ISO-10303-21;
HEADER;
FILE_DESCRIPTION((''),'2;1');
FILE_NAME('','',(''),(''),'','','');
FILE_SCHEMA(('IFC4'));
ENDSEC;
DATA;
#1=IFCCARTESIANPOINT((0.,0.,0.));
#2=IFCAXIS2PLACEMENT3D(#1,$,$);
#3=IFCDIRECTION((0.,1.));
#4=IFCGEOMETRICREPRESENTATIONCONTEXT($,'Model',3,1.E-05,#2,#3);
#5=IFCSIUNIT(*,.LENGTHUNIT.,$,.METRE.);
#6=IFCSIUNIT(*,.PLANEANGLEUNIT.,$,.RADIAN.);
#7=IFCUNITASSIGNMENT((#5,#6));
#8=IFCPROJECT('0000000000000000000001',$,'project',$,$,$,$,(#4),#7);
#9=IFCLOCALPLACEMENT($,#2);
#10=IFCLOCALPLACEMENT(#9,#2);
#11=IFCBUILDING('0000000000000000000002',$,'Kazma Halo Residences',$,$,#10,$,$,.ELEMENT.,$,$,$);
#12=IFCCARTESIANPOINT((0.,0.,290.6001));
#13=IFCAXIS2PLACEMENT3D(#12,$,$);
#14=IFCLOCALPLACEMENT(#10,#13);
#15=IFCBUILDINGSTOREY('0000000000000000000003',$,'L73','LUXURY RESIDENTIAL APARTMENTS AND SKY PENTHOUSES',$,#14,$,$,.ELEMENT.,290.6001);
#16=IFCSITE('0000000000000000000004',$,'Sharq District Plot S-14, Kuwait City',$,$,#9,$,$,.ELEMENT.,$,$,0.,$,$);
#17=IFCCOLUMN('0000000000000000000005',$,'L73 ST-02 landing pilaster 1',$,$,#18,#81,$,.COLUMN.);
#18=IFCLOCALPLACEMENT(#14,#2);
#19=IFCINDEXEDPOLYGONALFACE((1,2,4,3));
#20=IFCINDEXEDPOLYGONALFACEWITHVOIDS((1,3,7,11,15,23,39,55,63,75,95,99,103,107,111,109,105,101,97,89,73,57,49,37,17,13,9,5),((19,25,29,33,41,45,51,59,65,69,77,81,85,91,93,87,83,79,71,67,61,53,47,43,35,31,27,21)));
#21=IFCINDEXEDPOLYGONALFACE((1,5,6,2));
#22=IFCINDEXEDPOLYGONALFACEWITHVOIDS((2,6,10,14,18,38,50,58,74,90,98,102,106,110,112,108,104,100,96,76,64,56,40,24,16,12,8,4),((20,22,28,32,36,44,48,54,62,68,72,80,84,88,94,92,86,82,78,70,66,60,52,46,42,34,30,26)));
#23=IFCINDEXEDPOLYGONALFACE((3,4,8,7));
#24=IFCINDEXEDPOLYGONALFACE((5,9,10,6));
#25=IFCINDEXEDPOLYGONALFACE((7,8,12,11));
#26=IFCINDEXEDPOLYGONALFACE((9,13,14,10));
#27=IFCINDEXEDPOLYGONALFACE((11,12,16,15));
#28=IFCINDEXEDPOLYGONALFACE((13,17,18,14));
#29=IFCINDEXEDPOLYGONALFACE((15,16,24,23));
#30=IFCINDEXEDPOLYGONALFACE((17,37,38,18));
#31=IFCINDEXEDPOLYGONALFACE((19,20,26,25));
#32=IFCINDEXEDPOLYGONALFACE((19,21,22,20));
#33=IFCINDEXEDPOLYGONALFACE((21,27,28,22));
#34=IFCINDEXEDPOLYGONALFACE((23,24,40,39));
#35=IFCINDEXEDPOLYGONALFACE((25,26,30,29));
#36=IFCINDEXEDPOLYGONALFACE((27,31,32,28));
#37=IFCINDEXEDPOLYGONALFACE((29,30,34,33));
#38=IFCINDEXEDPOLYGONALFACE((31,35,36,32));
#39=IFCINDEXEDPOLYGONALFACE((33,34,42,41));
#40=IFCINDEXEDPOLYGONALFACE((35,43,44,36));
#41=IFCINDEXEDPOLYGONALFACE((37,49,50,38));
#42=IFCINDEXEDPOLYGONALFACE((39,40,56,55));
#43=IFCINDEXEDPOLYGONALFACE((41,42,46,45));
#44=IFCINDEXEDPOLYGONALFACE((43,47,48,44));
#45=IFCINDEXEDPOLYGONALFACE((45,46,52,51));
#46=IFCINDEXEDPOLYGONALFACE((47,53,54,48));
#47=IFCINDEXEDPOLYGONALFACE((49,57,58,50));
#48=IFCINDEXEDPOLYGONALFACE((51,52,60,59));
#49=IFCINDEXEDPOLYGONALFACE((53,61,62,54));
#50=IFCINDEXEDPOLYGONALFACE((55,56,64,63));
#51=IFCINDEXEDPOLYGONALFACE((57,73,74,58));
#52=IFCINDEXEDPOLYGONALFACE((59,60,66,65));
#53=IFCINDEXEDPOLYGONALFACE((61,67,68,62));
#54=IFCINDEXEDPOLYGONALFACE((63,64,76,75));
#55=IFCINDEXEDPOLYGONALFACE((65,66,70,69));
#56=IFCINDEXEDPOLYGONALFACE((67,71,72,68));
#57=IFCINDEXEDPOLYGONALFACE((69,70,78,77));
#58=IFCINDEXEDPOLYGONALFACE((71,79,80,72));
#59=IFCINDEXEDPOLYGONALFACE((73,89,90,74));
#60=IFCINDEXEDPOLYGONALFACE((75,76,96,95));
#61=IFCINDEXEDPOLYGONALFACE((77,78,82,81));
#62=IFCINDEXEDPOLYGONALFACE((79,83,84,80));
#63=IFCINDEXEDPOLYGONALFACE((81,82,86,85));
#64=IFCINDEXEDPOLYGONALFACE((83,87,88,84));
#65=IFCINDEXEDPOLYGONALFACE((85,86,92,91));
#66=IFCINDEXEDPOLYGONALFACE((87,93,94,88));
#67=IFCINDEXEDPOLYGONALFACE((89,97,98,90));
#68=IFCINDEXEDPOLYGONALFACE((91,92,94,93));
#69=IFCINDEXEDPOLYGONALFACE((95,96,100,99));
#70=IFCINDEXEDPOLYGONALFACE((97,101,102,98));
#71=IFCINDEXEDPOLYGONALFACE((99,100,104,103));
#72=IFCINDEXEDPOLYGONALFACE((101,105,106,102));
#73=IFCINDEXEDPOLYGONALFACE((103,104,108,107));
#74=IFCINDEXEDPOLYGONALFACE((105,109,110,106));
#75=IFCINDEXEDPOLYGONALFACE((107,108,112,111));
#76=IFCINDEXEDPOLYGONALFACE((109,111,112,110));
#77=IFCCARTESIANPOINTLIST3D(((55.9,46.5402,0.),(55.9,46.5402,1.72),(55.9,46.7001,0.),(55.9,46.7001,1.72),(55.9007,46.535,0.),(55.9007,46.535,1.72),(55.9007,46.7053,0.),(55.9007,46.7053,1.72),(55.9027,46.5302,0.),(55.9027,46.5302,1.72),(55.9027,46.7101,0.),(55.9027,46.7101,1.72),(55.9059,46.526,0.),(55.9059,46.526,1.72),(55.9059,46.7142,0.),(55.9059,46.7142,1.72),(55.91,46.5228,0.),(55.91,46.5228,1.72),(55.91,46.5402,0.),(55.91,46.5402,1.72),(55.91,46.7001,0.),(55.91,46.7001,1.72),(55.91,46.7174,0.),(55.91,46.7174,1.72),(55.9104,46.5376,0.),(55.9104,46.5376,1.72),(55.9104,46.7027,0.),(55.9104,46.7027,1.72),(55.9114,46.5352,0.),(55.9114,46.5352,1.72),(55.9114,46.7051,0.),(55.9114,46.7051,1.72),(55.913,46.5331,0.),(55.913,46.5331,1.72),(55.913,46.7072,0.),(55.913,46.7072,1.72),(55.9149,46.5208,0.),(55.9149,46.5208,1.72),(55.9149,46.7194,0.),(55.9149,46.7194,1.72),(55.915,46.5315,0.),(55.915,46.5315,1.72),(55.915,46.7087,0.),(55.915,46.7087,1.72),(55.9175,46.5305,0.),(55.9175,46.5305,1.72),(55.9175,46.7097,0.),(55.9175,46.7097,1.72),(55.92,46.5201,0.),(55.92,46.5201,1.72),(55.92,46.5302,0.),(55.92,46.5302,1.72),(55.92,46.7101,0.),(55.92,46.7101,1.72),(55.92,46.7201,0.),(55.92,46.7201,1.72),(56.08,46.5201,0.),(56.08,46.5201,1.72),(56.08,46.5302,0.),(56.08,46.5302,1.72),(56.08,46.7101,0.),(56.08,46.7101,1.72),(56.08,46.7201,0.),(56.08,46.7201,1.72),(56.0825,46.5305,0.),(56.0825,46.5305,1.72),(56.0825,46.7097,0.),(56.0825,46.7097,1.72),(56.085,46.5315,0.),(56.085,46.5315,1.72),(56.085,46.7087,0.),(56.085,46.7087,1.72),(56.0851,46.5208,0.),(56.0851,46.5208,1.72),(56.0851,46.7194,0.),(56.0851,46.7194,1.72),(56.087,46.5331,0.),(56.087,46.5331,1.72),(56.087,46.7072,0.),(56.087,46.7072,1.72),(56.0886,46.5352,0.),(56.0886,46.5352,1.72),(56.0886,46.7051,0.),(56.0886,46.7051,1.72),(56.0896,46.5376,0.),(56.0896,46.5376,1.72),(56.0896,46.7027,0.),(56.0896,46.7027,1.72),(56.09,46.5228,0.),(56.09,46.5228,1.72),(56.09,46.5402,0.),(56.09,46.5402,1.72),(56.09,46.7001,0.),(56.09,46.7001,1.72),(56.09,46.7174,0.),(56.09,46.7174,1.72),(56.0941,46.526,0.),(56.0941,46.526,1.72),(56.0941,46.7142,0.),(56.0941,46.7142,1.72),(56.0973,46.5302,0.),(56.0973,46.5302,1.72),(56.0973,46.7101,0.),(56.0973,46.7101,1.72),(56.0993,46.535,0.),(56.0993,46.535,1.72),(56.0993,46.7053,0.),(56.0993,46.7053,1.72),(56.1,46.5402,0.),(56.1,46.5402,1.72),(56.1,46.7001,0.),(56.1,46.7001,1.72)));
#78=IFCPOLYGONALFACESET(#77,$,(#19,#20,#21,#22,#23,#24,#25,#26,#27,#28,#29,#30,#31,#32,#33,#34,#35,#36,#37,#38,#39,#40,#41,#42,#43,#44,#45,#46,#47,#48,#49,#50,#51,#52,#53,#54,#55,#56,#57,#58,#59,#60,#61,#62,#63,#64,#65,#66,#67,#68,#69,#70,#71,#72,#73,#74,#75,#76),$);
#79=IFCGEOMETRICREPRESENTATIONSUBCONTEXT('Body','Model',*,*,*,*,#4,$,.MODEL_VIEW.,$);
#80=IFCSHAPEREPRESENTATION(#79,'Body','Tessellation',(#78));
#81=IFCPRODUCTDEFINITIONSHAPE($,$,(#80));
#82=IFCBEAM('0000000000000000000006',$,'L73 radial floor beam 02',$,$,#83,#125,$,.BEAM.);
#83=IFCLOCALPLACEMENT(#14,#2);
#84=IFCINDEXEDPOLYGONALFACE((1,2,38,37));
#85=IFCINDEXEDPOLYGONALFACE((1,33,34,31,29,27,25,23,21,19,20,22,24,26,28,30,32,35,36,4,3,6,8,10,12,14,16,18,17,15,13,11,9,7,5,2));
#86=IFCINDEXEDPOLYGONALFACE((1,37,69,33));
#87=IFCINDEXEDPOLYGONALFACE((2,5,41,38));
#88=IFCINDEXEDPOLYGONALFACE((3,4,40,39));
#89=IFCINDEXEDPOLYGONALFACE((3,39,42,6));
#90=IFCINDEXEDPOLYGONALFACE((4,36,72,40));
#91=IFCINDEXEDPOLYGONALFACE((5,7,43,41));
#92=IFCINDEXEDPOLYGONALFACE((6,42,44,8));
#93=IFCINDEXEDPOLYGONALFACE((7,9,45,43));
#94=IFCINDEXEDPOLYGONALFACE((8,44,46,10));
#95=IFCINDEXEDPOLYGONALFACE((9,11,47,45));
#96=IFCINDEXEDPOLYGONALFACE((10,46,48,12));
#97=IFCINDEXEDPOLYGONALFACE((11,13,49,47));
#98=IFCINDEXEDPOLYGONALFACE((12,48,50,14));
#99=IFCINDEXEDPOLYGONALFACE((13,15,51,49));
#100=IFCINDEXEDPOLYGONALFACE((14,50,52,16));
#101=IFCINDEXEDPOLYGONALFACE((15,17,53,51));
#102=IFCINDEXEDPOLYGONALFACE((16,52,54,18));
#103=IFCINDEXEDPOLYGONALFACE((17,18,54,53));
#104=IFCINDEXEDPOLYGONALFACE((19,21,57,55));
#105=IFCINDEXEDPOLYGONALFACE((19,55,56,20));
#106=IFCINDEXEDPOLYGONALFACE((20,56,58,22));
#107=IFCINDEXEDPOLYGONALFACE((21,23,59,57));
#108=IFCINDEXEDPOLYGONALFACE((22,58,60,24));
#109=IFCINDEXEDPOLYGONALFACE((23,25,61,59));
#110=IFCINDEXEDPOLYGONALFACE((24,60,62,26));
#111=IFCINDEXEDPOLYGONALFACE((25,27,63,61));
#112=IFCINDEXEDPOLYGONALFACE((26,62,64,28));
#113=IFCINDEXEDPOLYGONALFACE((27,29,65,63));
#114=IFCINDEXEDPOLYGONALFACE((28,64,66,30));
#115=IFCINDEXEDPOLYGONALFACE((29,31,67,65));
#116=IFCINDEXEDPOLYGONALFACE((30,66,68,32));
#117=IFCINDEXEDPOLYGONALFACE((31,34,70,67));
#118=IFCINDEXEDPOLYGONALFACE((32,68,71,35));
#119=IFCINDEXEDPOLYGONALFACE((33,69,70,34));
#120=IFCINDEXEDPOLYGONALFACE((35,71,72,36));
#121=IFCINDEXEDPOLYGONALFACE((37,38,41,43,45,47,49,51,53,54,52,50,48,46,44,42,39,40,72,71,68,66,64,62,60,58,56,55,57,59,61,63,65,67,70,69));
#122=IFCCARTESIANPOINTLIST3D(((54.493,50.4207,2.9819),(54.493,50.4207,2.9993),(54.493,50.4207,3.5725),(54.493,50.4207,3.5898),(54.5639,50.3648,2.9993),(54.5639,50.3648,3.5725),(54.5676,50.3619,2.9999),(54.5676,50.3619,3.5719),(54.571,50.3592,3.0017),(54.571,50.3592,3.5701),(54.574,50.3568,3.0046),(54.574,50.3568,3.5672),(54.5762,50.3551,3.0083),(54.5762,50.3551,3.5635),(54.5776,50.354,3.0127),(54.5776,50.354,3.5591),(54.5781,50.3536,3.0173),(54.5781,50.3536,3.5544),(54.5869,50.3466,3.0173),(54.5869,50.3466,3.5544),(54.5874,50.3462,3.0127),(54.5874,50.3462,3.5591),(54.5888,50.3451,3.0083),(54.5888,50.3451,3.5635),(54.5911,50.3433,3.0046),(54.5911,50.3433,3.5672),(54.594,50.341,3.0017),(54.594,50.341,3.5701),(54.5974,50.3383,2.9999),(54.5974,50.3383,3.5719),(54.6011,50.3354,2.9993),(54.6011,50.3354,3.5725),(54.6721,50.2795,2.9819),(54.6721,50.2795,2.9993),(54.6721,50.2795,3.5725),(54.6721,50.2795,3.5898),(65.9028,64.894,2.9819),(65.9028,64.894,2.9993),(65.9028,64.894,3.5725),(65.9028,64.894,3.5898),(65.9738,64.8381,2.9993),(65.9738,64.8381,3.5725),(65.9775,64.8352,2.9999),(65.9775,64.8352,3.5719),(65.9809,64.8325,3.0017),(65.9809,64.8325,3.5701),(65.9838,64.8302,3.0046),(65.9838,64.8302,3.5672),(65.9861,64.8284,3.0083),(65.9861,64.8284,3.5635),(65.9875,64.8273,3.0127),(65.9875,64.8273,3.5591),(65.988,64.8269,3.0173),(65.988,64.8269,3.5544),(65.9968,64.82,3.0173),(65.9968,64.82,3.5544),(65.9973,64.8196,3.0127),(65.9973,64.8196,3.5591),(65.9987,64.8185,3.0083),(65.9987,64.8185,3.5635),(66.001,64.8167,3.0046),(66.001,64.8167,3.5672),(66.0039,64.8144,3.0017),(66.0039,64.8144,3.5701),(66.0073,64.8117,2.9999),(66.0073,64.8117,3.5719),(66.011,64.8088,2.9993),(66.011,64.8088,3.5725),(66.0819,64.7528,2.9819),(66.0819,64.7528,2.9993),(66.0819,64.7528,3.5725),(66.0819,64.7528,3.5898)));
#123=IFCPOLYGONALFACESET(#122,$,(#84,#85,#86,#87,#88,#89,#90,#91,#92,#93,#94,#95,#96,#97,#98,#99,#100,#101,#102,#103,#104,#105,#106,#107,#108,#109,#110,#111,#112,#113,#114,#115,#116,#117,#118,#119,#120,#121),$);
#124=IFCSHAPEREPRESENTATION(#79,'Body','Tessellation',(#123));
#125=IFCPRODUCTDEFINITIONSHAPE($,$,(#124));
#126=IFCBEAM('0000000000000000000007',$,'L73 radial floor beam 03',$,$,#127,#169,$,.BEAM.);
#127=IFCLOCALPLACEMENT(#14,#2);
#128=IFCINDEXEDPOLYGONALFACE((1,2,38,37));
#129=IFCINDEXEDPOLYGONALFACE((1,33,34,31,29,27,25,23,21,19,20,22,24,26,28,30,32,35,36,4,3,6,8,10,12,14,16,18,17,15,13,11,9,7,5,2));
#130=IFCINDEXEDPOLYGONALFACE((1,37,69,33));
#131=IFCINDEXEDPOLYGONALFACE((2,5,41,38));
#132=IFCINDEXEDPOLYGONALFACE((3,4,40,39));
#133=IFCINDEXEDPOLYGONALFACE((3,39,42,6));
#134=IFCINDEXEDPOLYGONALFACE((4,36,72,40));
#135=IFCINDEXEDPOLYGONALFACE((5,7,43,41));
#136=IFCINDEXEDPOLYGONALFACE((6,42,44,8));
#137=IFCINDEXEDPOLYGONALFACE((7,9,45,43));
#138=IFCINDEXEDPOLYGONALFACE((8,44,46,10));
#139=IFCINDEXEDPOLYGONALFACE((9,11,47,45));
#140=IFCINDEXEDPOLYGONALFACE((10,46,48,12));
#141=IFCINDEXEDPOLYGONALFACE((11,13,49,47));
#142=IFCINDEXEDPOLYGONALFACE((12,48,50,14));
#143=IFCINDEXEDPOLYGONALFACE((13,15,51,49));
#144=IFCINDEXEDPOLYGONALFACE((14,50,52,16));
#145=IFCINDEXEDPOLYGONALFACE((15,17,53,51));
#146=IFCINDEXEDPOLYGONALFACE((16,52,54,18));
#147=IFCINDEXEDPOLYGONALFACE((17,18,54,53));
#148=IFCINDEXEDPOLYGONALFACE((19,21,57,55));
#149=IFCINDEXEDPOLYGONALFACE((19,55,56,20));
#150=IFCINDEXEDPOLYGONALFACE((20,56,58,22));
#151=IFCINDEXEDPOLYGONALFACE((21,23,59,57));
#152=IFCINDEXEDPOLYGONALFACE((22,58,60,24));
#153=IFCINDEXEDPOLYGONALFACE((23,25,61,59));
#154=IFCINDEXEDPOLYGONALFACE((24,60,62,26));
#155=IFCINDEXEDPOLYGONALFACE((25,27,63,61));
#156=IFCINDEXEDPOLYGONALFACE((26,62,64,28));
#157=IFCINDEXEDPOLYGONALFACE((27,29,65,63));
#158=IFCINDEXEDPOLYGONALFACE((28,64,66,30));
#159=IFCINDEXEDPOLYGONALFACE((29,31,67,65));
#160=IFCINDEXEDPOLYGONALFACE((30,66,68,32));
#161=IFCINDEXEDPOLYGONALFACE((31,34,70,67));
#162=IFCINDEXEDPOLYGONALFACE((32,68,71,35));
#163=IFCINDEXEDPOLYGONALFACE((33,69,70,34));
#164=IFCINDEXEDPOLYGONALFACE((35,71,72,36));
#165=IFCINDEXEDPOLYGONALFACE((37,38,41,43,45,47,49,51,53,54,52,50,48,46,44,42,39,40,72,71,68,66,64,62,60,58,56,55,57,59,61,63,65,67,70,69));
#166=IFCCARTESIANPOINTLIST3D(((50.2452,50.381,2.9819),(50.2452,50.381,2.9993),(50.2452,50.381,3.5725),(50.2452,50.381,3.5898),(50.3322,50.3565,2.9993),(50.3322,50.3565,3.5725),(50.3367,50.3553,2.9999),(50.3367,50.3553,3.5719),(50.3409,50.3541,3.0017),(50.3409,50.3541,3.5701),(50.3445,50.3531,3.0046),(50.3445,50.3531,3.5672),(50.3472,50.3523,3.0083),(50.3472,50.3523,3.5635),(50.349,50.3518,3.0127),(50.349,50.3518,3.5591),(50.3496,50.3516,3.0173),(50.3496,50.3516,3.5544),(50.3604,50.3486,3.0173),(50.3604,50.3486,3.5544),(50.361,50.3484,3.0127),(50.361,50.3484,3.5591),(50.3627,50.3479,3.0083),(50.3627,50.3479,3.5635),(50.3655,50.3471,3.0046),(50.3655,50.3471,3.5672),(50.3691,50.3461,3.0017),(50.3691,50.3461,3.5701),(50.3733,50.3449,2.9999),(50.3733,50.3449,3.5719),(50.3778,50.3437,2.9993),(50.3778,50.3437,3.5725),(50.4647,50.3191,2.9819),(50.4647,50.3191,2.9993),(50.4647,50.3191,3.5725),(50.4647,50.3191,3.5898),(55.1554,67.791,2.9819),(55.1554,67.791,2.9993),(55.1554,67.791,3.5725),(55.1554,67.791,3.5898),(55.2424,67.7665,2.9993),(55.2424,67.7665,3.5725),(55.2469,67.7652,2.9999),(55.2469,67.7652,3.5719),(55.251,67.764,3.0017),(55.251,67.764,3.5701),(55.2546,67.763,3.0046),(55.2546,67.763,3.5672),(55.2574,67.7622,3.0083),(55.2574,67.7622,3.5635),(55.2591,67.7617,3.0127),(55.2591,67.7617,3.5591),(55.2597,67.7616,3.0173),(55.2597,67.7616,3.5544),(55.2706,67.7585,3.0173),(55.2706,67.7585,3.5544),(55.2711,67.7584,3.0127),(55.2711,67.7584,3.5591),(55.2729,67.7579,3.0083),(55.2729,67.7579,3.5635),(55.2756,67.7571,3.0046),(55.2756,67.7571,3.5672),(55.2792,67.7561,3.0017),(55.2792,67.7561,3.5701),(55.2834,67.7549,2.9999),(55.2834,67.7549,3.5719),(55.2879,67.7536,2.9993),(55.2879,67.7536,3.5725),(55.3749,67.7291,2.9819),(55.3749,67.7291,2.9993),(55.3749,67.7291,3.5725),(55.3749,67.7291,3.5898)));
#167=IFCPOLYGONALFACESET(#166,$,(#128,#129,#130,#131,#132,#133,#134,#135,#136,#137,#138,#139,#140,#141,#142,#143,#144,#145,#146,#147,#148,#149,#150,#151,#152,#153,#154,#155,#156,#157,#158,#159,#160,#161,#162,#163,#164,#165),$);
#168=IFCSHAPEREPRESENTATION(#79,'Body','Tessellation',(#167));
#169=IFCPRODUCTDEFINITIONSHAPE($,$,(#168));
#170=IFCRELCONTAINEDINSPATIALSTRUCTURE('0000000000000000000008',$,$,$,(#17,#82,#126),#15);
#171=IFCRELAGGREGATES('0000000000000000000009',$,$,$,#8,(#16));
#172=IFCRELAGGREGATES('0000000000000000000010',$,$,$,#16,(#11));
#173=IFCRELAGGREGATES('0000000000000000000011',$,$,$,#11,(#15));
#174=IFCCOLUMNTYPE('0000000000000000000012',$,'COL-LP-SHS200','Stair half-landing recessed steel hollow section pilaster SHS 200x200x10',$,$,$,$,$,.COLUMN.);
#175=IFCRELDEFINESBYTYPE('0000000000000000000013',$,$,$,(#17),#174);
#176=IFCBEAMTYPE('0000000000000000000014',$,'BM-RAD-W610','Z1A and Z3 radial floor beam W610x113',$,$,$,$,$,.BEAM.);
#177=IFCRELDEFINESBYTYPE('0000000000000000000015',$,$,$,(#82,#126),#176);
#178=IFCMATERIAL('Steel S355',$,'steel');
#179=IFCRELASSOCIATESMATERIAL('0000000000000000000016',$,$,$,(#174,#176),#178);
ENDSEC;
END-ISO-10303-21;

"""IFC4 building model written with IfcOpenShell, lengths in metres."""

from ifc_helpers import new_model, si_unit, direction, frame, origin, origin_2d, place, context, subcontext, project, spatial, hollow_rectangle, i_section, extrude, material, material_profile, profile_set, type_object, element, save


model = new_model("IFC4")

# Units and contexts
model_context = context("Model", 3, precision=1e-05, world=origin(), true_north=direction((0.0, 1.0)))
body_context = subcontext(model_context, "Body", "Model", "MODEL_VIEW")
ifc_project = project(units=[si_unit("LENGTHUNIT", "METRE"), si_unit("PLANEANGLEUNIT", "RADIAN")], contexts=[model_context])

# Site, building, storey
site_placement = place(None, origin())
site = spatial("IfcSite", under=ifc_project, at=site_placement, Name="Sharq District Plot S-14, Kuwait City", CompositionType="ELEMENT", RefElevation=0.0)
building_placement = place(site_placement, origin())
building = spatial("IfcBuilding", under=site, at=building_placement, Name="Kazma Halo Residences", CompositionType="ELEMENT")
storey_placement = place(building_placement, frame((0.0, 0.0, 290.6001)))
storey = spatial("IfcBuildingStorey", under=building, at=storey_placement, Name="L73", Description="LUXURY RESIDENTIAL APARTMENTS AND SKY PENTHOUSES", CompositionType="ELEMENT", Elevation=290.6001)

# Column
ifc_material_1 = material(Name="Steel S355", Category="steel")
ifc_material_profile_1 = material_profile(ifc_material_1, hollow_rectangle(XDim=0.2, YDim=0.2, WallThickness=0.01, InnerFilletRadius=0.01, OuterFilletRadius=0.02, at=origin_2d()), Name="SHS200x200x10")
ifc_profile_set_1 = profile_set([ifc_material_profile_1], Name="Steel S355")
column_type = type_object("IfcColumnType", Name="COL-LP-SHS200", Description="Stair half-landing recessed steel hollow section pilaster SHS 200x200x10", PredefinedType="COLUMN", material=ifc_profile_set_1)
column_placement = place(storey_placement, frame((56.0, 46.6201, 0.0), z_axis=(0.0, 0.0, 1.0), x_axis=(1.0, 0.0, 0.0)))
element("IfcColumn", 1, at=column_placement, inside=storey, type_object=column_type, Name="L73 ST-02 landing pilaster 1", PredefinedType="COLUMN", context=body_context, shape_type="SweptSolid", body=[
    extrude(hollow_rectangle(XDim=0.2, YDim=0.2, WallThickness=0.01, InnerFilletRadius=0.01, OuterFilletRadius=0.02, at=origin_2d()), origin(), (0.0, 0.0, 1.0), 1.72),
])

# Beams
ifc_material_profile_2 = material_profile(ifc_material_1, i_section(OverallWidth=0.228, OverallDepth=0.6079, WebThickness=0.0112, FlangeThickness=0.0173, FilletRadius=0.0181, at=origin_2d()), Name="W610x113")
ifc_profile_set_2 = profile_set([ifc_material_profile_2], Name="Steel S355")
beam_type_1 = type_object("IfcBeamType", Name="BM-RAD-W610", Description="Z1A and Z3 radial floor beam W610x113", PredefinedType="BEAM", material=ifc_profile_set_2)
beam_1_placement = place(storey_placement, frame((54.5825, 50.3501, 3.2859), z_axis=(0.619094, 0.785317, 0.0), x_axis=(-0.785317, 0.619094, 0.0)))
element("IfcBeam", 2, at=beam_1_placement, inside=storey, type_object=beam_type_1, Name="L73 radial floor beam 02", PredefinedType="BEAM", context=body_context, shape_type="SweptSolid", body=[
    extrude(i_section(OverallWidth=0.228, OverallDepth=0.6079, WebThickness=0.0112, FlangeThickness=0.0173, FilletRadius=0.0181, at=origin_2d()), origin(), (0.0, 0.0, 1.0), 18.4299),
])
beam_2_placement = place(storey_placement, frame((50.355, 50.3501, 3.2859), z_axis=(0.271443, 0.962454, 0.0), x_axis=(-0.962454, 0.271443, 0.0)))
element("IfcBeam", 3, at=beam_2_placement, inside=storey, type_object=beam_type_1, Name="L73 radial floor beam 03", PredefinedType="BEAM", context=body_context, shape_type="SweptSolid", body=[
    extrude(i_section(OverallWidth=0.228, OverallDepth=0.6079, WebThickness=0.0112, FlangeThickness=0.0173, FilletRadius=0.0181, at=origin_2d()), origin(), (0.0, 0.0, 1.0), 18.0891),
])

save(model, "model.ifc")
